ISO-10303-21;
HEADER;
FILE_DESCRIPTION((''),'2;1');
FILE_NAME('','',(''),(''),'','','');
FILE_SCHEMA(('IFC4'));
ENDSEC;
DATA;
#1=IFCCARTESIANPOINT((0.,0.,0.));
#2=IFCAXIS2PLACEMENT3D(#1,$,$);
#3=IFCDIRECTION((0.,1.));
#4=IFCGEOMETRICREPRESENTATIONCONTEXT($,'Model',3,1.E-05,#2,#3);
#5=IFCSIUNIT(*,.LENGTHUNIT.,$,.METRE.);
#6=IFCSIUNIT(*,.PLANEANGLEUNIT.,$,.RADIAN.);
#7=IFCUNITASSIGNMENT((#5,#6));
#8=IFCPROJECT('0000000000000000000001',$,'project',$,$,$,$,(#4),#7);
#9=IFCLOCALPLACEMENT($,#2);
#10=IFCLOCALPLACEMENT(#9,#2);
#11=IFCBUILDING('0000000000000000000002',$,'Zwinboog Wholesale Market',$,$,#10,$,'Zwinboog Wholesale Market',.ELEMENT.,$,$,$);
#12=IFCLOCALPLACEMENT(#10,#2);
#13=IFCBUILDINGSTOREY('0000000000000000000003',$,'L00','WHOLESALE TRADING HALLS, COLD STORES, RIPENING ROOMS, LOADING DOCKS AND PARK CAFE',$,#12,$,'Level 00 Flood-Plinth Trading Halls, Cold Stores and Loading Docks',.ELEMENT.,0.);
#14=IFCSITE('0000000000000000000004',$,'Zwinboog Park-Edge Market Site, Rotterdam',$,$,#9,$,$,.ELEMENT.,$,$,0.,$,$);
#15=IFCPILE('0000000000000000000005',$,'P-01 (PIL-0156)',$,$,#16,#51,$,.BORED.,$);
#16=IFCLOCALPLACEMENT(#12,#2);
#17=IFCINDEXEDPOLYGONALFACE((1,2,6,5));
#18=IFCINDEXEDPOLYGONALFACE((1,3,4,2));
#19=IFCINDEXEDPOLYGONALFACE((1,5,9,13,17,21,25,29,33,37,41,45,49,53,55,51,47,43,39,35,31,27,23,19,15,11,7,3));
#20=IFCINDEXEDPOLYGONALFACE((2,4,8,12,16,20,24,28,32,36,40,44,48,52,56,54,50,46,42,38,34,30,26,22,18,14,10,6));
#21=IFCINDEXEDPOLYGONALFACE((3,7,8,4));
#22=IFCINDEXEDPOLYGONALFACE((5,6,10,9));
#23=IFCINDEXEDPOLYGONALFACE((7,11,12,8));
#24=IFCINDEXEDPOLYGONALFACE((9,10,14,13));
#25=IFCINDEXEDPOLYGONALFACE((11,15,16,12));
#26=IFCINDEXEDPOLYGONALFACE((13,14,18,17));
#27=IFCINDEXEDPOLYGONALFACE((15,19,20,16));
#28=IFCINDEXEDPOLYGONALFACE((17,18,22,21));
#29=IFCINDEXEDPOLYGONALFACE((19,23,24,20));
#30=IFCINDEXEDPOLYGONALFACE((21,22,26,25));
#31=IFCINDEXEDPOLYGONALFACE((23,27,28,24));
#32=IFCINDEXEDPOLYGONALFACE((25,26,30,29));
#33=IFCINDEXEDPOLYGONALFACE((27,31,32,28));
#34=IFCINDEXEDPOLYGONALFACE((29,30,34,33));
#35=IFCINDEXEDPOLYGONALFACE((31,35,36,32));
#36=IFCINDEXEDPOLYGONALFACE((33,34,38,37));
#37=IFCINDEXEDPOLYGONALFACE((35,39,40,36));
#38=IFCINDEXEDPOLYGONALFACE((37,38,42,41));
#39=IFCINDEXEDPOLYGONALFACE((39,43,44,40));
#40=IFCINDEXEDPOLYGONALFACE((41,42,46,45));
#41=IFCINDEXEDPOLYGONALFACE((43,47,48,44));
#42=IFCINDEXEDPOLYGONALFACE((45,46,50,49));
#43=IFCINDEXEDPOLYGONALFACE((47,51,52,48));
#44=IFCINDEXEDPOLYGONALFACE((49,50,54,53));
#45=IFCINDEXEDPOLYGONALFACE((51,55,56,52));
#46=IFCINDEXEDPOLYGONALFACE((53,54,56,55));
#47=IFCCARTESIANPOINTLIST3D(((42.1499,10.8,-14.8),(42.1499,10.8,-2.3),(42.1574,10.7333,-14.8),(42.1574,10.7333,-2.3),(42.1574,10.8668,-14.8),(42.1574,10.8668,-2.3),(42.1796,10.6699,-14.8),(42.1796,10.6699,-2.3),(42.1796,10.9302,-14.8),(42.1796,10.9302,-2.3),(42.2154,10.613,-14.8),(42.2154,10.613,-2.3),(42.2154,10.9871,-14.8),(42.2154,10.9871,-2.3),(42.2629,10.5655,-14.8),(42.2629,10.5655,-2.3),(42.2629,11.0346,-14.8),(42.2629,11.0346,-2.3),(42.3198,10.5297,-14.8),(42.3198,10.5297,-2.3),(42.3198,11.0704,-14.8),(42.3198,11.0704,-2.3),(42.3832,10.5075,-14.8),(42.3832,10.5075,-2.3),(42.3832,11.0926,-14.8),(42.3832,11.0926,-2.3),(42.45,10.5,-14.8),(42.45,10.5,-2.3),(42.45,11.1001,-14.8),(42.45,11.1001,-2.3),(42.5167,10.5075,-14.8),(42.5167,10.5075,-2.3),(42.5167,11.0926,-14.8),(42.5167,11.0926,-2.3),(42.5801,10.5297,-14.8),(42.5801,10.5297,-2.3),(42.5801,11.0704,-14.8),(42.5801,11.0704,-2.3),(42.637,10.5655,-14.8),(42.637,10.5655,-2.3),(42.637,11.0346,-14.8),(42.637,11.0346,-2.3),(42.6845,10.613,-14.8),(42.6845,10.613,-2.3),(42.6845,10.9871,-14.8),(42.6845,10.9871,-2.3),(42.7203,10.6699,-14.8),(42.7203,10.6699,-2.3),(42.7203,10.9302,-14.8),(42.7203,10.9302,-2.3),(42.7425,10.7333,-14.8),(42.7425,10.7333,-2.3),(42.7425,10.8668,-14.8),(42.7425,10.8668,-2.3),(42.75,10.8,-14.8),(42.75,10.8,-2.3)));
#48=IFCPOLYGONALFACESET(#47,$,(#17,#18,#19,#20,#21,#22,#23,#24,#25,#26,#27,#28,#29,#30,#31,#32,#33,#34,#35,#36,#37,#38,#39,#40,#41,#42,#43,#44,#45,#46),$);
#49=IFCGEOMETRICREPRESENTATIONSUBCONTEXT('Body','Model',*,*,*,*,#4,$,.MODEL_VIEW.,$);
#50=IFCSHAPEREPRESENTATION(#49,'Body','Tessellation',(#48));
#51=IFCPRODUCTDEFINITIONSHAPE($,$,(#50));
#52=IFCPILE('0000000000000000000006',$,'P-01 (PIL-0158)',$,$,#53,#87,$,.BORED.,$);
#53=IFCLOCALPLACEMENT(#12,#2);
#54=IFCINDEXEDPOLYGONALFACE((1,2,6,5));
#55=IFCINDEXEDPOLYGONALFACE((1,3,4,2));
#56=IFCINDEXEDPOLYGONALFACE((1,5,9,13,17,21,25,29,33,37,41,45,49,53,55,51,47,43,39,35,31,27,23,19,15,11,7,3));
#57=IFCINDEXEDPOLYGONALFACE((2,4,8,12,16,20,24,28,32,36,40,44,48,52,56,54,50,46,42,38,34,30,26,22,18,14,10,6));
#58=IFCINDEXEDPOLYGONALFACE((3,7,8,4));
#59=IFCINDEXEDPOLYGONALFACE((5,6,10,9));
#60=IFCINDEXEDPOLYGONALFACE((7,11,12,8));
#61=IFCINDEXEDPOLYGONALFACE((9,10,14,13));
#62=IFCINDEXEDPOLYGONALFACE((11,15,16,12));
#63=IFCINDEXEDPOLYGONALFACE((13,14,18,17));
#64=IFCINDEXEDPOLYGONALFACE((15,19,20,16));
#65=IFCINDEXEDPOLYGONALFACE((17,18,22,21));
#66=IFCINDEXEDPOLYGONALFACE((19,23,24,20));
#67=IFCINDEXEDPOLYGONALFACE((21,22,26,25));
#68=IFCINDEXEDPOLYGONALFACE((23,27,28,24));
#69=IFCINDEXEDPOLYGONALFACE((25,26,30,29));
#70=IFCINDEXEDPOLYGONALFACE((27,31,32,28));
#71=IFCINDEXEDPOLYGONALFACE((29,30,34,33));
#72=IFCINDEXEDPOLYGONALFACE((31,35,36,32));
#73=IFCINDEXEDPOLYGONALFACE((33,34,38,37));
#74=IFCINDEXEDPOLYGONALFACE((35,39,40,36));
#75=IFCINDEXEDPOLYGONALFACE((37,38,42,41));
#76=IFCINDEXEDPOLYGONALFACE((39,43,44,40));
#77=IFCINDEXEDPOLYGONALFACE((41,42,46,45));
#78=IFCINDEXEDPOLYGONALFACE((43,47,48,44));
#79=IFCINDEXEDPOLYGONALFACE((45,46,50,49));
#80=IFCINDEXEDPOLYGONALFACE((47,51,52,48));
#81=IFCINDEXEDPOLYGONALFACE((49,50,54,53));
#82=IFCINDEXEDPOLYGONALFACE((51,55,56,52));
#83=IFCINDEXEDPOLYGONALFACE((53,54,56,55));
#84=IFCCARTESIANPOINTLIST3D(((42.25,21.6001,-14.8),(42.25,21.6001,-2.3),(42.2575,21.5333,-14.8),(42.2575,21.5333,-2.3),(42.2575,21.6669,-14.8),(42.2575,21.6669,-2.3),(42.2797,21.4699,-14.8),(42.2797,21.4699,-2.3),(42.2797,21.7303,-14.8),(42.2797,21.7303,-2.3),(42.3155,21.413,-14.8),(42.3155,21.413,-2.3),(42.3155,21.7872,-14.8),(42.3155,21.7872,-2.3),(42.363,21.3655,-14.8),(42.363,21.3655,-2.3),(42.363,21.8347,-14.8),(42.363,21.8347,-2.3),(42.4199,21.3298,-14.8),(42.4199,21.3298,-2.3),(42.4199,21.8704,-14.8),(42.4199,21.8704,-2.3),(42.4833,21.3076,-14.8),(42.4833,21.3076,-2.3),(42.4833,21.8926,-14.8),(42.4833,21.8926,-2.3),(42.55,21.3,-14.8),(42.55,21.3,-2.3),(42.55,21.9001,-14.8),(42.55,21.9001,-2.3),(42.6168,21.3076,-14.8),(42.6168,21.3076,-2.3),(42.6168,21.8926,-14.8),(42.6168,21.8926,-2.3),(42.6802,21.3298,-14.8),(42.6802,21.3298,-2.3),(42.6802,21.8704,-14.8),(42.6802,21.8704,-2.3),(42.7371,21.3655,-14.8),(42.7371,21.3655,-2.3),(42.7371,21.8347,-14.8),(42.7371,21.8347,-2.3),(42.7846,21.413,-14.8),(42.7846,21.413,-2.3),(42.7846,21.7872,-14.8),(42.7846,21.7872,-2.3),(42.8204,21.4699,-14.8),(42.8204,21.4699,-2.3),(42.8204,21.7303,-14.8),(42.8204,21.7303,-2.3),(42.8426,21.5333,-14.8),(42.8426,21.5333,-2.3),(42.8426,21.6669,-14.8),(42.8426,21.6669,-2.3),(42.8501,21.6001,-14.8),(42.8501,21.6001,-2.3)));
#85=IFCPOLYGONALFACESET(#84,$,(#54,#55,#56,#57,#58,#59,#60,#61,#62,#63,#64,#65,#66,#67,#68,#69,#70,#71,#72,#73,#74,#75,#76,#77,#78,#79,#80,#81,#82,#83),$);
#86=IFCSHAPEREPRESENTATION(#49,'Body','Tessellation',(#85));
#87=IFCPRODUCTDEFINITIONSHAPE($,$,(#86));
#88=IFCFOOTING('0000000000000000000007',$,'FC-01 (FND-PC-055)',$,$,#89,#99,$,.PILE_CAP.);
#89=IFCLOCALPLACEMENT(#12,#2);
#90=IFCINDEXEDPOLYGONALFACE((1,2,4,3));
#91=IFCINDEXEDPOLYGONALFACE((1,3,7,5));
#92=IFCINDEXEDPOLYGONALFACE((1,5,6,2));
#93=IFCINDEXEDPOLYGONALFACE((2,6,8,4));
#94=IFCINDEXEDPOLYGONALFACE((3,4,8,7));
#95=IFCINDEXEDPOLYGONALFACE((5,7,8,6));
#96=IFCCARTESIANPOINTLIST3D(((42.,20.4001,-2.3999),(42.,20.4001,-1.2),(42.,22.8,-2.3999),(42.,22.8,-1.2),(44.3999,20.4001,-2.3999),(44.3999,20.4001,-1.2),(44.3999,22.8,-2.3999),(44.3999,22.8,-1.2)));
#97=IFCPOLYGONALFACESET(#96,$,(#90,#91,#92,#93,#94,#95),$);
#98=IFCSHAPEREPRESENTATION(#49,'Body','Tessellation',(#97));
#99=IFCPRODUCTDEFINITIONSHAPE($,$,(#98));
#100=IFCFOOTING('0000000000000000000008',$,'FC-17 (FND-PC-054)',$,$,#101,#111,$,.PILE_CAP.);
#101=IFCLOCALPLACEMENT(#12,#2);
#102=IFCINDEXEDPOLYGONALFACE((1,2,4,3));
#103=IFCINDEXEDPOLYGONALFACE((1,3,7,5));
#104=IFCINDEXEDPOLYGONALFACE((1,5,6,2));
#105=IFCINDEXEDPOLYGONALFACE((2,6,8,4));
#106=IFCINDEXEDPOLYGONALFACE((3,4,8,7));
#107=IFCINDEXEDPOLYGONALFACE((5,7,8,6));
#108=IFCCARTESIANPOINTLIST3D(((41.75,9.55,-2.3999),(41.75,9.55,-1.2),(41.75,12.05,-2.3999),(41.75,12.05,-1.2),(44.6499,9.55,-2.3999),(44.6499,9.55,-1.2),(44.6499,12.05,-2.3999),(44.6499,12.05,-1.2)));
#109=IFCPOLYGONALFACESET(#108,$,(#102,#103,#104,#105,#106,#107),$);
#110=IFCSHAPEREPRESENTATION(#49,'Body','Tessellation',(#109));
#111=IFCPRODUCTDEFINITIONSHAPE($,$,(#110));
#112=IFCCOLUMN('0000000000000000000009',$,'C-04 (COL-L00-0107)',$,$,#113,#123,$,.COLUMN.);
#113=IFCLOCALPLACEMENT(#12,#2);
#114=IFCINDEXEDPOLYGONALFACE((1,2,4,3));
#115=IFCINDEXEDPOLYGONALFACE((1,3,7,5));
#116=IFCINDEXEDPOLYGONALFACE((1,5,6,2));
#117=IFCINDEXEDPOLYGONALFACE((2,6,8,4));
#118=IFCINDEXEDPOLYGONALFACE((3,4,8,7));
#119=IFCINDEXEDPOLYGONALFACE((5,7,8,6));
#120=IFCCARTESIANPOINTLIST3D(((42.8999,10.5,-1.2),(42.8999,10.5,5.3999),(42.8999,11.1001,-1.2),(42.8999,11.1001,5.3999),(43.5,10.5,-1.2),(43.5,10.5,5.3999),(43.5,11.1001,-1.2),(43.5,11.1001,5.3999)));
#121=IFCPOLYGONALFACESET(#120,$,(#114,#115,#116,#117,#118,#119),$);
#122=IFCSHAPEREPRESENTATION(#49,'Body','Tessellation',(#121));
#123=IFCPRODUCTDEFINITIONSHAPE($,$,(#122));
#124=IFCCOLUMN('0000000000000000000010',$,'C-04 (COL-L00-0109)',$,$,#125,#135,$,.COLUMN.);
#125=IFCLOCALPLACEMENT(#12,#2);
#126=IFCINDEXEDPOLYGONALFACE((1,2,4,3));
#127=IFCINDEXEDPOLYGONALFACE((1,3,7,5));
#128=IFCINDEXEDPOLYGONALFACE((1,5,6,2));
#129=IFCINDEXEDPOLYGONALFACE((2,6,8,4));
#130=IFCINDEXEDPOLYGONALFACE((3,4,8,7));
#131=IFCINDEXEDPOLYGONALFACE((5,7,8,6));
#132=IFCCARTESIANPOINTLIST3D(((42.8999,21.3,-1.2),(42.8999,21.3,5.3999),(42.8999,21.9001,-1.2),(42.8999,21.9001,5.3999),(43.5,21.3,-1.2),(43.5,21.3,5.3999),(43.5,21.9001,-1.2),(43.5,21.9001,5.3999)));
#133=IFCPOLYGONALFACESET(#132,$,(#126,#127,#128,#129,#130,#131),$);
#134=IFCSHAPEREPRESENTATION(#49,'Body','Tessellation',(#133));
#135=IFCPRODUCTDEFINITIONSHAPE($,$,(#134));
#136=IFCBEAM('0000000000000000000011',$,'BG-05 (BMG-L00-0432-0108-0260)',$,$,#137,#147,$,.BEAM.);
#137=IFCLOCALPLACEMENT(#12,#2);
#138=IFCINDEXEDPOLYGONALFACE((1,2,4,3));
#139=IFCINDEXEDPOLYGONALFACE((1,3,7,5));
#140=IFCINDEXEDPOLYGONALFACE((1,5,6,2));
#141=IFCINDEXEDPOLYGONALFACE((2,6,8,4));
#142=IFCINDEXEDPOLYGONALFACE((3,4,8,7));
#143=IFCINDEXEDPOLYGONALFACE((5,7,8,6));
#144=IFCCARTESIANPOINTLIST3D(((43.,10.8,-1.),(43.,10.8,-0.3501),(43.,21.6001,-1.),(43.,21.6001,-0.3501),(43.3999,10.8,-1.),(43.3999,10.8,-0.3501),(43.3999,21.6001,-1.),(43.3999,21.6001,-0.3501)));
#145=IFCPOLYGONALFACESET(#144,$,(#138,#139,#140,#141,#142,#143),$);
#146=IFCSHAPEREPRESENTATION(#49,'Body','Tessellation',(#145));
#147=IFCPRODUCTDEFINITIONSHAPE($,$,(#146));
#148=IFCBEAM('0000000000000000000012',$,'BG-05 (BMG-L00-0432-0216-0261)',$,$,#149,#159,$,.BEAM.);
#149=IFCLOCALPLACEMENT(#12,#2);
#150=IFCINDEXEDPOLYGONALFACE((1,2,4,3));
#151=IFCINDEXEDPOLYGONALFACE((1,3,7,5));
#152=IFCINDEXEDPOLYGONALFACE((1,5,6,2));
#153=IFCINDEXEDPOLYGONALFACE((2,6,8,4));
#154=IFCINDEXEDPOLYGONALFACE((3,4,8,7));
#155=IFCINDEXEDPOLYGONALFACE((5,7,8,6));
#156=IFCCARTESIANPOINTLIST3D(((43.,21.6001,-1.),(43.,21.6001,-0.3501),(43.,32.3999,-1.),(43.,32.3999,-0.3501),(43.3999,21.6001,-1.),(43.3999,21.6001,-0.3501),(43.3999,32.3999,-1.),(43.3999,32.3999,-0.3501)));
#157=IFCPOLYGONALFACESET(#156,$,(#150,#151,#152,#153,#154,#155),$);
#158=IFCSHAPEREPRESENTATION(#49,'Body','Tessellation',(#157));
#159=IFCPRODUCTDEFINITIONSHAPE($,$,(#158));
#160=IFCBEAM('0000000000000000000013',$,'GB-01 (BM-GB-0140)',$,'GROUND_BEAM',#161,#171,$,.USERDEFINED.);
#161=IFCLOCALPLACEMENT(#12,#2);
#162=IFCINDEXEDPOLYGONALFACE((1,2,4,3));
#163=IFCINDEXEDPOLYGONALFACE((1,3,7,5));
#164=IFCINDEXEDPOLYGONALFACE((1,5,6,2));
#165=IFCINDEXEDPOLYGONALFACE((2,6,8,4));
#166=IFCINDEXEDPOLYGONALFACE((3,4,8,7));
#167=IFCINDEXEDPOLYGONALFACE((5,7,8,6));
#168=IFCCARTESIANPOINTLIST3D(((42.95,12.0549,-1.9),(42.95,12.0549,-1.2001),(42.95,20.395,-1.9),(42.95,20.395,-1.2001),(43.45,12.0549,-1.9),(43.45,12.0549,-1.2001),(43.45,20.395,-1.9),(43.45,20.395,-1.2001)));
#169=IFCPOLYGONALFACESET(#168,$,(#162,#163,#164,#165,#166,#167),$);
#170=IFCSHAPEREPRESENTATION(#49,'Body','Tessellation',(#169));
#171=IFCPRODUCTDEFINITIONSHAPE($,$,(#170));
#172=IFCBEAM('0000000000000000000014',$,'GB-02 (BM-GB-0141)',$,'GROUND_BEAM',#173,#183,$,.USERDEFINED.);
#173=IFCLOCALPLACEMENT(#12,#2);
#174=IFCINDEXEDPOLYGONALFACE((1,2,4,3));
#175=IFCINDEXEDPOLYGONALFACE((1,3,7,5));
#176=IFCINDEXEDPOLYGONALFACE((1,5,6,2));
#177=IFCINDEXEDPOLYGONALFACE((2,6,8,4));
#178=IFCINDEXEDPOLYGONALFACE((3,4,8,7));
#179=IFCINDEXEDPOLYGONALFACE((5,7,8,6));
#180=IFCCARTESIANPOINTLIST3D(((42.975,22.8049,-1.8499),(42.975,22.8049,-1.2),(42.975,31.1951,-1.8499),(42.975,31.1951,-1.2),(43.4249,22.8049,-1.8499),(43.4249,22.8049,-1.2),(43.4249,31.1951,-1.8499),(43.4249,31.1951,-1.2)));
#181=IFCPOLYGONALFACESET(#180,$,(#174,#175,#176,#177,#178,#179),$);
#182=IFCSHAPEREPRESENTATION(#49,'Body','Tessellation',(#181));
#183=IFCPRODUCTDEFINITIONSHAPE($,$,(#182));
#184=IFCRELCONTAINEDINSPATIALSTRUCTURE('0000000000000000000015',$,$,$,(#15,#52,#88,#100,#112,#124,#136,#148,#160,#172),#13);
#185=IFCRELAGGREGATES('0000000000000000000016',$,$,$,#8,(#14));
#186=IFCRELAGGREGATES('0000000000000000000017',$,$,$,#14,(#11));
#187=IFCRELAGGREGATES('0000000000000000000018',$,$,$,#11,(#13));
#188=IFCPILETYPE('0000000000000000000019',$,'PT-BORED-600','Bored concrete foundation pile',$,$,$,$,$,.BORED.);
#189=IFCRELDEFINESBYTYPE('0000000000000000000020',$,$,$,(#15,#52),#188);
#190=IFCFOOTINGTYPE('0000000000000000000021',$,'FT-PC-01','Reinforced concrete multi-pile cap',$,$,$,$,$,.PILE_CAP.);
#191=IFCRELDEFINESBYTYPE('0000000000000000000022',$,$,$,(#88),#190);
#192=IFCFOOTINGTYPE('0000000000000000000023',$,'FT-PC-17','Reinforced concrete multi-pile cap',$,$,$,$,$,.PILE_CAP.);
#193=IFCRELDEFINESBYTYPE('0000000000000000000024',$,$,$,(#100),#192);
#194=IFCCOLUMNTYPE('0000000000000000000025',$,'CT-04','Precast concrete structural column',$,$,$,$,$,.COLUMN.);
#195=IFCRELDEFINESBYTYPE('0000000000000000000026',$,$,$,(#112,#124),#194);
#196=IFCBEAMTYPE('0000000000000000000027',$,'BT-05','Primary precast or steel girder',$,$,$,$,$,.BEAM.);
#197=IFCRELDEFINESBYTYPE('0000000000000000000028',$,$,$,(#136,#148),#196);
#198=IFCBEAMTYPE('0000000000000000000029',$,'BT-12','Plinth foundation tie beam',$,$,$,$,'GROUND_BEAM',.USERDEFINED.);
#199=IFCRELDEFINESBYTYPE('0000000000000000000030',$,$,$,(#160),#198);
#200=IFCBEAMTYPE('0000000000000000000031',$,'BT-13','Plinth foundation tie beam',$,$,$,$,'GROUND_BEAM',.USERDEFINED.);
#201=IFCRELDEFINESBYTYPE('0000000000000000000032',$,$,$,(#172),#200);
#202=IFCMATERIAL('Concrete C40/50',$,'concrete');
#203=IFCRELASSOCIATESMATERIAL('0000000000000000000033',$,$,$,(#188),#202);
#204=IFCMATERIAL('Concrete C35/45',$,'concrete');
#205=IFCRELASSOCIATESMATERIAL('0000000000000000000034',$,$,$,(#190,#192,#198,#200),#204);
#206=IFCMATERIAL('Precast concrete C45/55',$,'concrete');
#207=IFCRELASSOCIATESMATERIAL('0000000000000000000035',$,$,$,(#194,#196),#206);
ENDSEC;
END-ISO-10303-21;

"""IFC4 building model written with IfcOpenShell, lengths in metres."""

from ifc_helpers import new_model, si_unit, direction, frame, origin, origin_2d, place, context, subcontext, project, spatial, rectangle, circle, extrude, material, material_profile, profile_set, type_object, element, save


model = new_model("IFC4")

# Units and contexts
model_context = context("Model", 3, precision=1e-05, world=origin(), true_north=direction((0.0, 1.0)))
body_context = subcontext(model_context, "Body", "Model", "MODEL_VIEW")
ifc_project = project(units=[si_unit("LENGTHUNIT", "METRE"), si_unit("PLANEANGLEUNIT", "RADIAN")], contexts=[model_context])

# Site, building, storey
site_placement = place(None, origin())
site = spatial("IfcSite", under=ifc_project, at=site_placement, Name="Zwinboog Park-Edge Market Site, Rotterdam", CompositionType="ELEMENT", RefElevation=0.0)
building_placement = place(site_placement, origin())
building = spatial("IfcBuilding", under=site, at=building_placement, Name="Zwinboog Wholesale Market", LongName="Zwinboog Wholesale Market", CompositionType="ELEMENT")
storey_placement = place(building_placement, origin())
storey = spatial("IfcBuildingStorey", under=building, at=storey_placement, Name="L00", Description="WHOLESALE TRADING HALLS, COLD STORES, RIPENING ROOMS, LOADING DOCKS AND PARK CAFE", LongName="Level 00 Flood-Plinth Trading Halls, Cold Stores and Loading Docks", CompositionType="ELEMENT", Elevation=0.0)

# Piles
ifc_material_1 = material(Name="Concrete C40/50", Category="concrete")
ifc_material_profile_1 = material_profile(ifc_material_1, circle(Radius=0.3, at=origin_2d()), Name="PILE D600")
ifc_profile_set_1 = profile_set([ifc_material_profile_1], Name="Concrete C40/50")
pile_type = type_object("IfcPileType", Name="PT-BORED-600", Description="Bored concrete foundation pile", PredefinedType="BORED", material=ifc_profile_set_1)
for number, where, z_axis, x_axis, name in (
    (1, (42.45, 10.8, -2.3), (0.0, 0.0, -1.0), (1.0, 0.0, 0.0), "P-01 (PIL-0156)"),
    (2, (42.55, 21.6001, -2.3), (0.0, 0.0, -1.0), (1.0, 0.0, 0.0), "P-01 (PIL-0158)"),
):
    element("IfcPile", number, at=place(storey_placement, frame(where, z_axis=z_axis, x_axis=x_axis)), inside=storey, type_object=pile_type, Name=name, PredefinedType="BORED", context=body_context, shape_type="SweptSolid", body=[
        extrude(circle(Radius=0.3, at=origin_2d()), origin(), (0.0, 0.0, 1.0), 12.5),
    ])

# Footings
ifc_material_2 = material(Name="Concrete C35/45", Category="concrete")
footing_type_1 = type_object("IfcFootingType", Name="FT-PC-01", Description="Reinforced concrete multi-pile cap", PredefinedType="PILE_CAP", material=ifc_material_2)
footing_1_placement = place(storey_placement, frame((43.2, 21.6001, -2.3999), z_axis=(0.0, 0.0, 1.0), x_axis=(1.0, 0.0, 0.0)))
element("IfcFooting", 3, at=footing_1_placement, inside=storey, type_object=footing_type_1, Name="FC-01 (FND-PC-055)", PredefinedType="PILE_CAP", context=body_context, shape_type="SweptSolid", body=[
    extrude(rectangle(XDim=2.3999, YDim=2.3999, at=origin_2d()), origin(), (0.0, 0.0, 1.0), 1.2),
])
footing_type_2 = type_object("IfcFootingType", Name="FT-PC-17", Description="Reinforced concrete multi-pile cap", PredefinedType="PILE_CAP", material=ifc_material_2)
footing_2_placement = place(storey_placement, frame((43.2, 10.8, -2.3999), z_axis=(0.0, 0.0, 1.0), x_axis=(1.0, 0.0, 0.0)))
element("IfcFooting", 4, at=footing_2_placement, inside=storey, type_object=footing_type_2, Name="FC-17 (FND-PC-054)", PredefinedType="PILE_CAP", context=body_context, shape_type="SweptSolid", body=[
    extrude(rectangle(XDim=2.8999, YDim=2.5, at=origin_2d()), origin(), (0.0, 0.0, 1.0), 1.2),
])

# Columns
ifc_material_3 = material(Name="Precast concrete C45/55", Category="concrete")
ifc_material_profile_2 = material_profile(ifc_material_3, rectangle(XDim=0.6001, YDim=0.6001, at=origin_2d()), Name="PC 600x600")
ifc_profile_set_2 = profile_set([ifc_material_profile_2], Name="Precast concrete C45/55")
column_type = type_object("IfcColumnType", Name="CT-04", Description="Precast concrete structural column", PredefinedType="COLUMN", material=ifc_profile_set_2)
for number, where, z_axis, x_axis, name in (
    (5, (43.2, 10.8, -1.2), (0.0, 0.0, 1.0), (1.0, 0.0, 0.0), "C-04 (COL-L00-0107)"),
    (6, (43.2, 21.6001, -1.2), (0.0, 0.0, 1.0), (1.0, 0.0, 0.0), "C-04 (COL-L00-0109)"),
):
    element("IfcColumn", number, at=place(storey_placement, frame(where, z_axis=z_axis, x_axis=x_axis)), inside=storey, type_object=column_type, Name=name, PredefinedType="COLUMN", context=body_context, shape_type="SweptSolid", body=[
        extrude(rectangle(XDim=0.6001, YDim=0.6001, at=origin_2d()), origin(), (0.0, 0.0, 1.0), 6.5999),
    ])

# Beams
ifc_material_profile_3 = material_profile(ifc_material_3, rectangle(XDim=0.3999, YDim=0.6499, at=origin_2d()), Name="PC 400x650")
ifc_profile_set_3 = profile_set([ifc_material_profile_3], Name="Precast concrete C45/55")
beam_type_1 = type_object("IfcBeamType", Name="BT-05", Description="Primary precast or steel girder", PredefinedType="BEAM", material=ifc_profile_set_3)
beam_1_placement = place(storey_placement, frame((43.2, 10.8, -0.675), z_axis=(0.0, 1.0, 0.0), x_axis=(-1.0, 0.0, 0.0)))
element("IfcBeam", 7, at=beam_1_placement, inside=storey, type_object=beam_type_1, Name="BG-05 (BMG-L00-0432-0108-0260)", PredefinedType="BEAM", context=body_context, shape_type="SweptSolid", body=[
    extrude(rectangle(XDim=0.3999, YDim=0.6499, at=origin_2d()), origin(), (0.0, 0.0, 1.0), 10.8),
])
beam_2_placement = place(storey_placement, frame((43.2, 21.6001, -0.675), z_axis=(0.0, 1.0, 0.0), x_axis=(-1.0, 0.0, 0.0)))
element("IfcBeam", 8, at=beam_2_placement, inside=storey, type_object=beam_type_1, Name="BG-05 (BMG-L00-0432-0216-0261)", PredefinedType="BEAM", context=body_context, shape_type="SweptSolid", body=[
    extrude(rectangle(XDim=0.3999, YDim=0.6499, at=origin_2d()), origin(), (0.0, 0.0, 1.0), 10.7998),
])
ifc_material_profile_4 = material_profile(ifc_material_2, rectangle(XDim=0.5, YDim=0.7, at=origin_2d()), Name="RC 500x700")
ifc_profile_set_4 = profile_set([ifc_material_profile_4], Name="Concrete C35/45")
beam_type_2 = type_object("IfcBeamType", Name="BT-12", Description="Plinth foundation tie beam", ElementType="GROUND_BEAM", PredefinedType="USERDEFINED", material=ifc_profile_set_4)
beam_3_placement = place(storey_placement, frame((43.2, 12.0549, -1.55), z_axis=(0.0, 1.0, 0.0), x_axis=(-1.0, 0.0, 0.0)))
element("IfcBeam", 9, at=beam_3_placement, inside=storey, type_object=beam_type_2, Name="GB-01 (BM-GB-0140)", ObjectType="GROUND_BEAM", PredefinedType="USERDEFINED", context=body_context, shape_type="SweptSolid", body=[
    extrude(rectangle(XDim=0.5, YDim=0.7, at=origin_2d()), origin(), (0.0, 0.0, 1.0), 8.3401),
])
ifc_material_profile_5 = material_profile(ifc_material_2, rectangle(XDim=0.45, YDim=0.6499, at=origin_2d()), Name="RC 450x650")
ifc_profile_set_5 = profile_set([ifc_material_profile_5], Name="Concrete C35/45")
beam_type_3 = type_object("IfcBeamType", Name="BT-13", Description="Plinth foundation tie beam", ElementType="GROUND_BEAM", PredefinedType="USERDEFINED", material=ifc_profile_set_5)
beam_4_placement = place(storey_placement, frame((43.2, 22.8049, -1.5249), z_axis=(0.0, 1.0, 0.0), x_axis=(-1.0, 0.0, 0.0)))
element("IfcBeam", 10, at=beam_4_placement, inside=storey, type_object=beam_type_3, Name="GB-02 (BM-GB-0141)", ObjectType="GROUND_BEAM", PredefinedType="USERDEFINED", context=body_context, shape_type="SweptSolid", body=[
    extrude(rectangle(XDim=0.45, YDim=0.6499, at=origin_2d()), origin(), (0.0, 0.0, 1.0), 8.3901),
])

save(model, "model.ifc")
